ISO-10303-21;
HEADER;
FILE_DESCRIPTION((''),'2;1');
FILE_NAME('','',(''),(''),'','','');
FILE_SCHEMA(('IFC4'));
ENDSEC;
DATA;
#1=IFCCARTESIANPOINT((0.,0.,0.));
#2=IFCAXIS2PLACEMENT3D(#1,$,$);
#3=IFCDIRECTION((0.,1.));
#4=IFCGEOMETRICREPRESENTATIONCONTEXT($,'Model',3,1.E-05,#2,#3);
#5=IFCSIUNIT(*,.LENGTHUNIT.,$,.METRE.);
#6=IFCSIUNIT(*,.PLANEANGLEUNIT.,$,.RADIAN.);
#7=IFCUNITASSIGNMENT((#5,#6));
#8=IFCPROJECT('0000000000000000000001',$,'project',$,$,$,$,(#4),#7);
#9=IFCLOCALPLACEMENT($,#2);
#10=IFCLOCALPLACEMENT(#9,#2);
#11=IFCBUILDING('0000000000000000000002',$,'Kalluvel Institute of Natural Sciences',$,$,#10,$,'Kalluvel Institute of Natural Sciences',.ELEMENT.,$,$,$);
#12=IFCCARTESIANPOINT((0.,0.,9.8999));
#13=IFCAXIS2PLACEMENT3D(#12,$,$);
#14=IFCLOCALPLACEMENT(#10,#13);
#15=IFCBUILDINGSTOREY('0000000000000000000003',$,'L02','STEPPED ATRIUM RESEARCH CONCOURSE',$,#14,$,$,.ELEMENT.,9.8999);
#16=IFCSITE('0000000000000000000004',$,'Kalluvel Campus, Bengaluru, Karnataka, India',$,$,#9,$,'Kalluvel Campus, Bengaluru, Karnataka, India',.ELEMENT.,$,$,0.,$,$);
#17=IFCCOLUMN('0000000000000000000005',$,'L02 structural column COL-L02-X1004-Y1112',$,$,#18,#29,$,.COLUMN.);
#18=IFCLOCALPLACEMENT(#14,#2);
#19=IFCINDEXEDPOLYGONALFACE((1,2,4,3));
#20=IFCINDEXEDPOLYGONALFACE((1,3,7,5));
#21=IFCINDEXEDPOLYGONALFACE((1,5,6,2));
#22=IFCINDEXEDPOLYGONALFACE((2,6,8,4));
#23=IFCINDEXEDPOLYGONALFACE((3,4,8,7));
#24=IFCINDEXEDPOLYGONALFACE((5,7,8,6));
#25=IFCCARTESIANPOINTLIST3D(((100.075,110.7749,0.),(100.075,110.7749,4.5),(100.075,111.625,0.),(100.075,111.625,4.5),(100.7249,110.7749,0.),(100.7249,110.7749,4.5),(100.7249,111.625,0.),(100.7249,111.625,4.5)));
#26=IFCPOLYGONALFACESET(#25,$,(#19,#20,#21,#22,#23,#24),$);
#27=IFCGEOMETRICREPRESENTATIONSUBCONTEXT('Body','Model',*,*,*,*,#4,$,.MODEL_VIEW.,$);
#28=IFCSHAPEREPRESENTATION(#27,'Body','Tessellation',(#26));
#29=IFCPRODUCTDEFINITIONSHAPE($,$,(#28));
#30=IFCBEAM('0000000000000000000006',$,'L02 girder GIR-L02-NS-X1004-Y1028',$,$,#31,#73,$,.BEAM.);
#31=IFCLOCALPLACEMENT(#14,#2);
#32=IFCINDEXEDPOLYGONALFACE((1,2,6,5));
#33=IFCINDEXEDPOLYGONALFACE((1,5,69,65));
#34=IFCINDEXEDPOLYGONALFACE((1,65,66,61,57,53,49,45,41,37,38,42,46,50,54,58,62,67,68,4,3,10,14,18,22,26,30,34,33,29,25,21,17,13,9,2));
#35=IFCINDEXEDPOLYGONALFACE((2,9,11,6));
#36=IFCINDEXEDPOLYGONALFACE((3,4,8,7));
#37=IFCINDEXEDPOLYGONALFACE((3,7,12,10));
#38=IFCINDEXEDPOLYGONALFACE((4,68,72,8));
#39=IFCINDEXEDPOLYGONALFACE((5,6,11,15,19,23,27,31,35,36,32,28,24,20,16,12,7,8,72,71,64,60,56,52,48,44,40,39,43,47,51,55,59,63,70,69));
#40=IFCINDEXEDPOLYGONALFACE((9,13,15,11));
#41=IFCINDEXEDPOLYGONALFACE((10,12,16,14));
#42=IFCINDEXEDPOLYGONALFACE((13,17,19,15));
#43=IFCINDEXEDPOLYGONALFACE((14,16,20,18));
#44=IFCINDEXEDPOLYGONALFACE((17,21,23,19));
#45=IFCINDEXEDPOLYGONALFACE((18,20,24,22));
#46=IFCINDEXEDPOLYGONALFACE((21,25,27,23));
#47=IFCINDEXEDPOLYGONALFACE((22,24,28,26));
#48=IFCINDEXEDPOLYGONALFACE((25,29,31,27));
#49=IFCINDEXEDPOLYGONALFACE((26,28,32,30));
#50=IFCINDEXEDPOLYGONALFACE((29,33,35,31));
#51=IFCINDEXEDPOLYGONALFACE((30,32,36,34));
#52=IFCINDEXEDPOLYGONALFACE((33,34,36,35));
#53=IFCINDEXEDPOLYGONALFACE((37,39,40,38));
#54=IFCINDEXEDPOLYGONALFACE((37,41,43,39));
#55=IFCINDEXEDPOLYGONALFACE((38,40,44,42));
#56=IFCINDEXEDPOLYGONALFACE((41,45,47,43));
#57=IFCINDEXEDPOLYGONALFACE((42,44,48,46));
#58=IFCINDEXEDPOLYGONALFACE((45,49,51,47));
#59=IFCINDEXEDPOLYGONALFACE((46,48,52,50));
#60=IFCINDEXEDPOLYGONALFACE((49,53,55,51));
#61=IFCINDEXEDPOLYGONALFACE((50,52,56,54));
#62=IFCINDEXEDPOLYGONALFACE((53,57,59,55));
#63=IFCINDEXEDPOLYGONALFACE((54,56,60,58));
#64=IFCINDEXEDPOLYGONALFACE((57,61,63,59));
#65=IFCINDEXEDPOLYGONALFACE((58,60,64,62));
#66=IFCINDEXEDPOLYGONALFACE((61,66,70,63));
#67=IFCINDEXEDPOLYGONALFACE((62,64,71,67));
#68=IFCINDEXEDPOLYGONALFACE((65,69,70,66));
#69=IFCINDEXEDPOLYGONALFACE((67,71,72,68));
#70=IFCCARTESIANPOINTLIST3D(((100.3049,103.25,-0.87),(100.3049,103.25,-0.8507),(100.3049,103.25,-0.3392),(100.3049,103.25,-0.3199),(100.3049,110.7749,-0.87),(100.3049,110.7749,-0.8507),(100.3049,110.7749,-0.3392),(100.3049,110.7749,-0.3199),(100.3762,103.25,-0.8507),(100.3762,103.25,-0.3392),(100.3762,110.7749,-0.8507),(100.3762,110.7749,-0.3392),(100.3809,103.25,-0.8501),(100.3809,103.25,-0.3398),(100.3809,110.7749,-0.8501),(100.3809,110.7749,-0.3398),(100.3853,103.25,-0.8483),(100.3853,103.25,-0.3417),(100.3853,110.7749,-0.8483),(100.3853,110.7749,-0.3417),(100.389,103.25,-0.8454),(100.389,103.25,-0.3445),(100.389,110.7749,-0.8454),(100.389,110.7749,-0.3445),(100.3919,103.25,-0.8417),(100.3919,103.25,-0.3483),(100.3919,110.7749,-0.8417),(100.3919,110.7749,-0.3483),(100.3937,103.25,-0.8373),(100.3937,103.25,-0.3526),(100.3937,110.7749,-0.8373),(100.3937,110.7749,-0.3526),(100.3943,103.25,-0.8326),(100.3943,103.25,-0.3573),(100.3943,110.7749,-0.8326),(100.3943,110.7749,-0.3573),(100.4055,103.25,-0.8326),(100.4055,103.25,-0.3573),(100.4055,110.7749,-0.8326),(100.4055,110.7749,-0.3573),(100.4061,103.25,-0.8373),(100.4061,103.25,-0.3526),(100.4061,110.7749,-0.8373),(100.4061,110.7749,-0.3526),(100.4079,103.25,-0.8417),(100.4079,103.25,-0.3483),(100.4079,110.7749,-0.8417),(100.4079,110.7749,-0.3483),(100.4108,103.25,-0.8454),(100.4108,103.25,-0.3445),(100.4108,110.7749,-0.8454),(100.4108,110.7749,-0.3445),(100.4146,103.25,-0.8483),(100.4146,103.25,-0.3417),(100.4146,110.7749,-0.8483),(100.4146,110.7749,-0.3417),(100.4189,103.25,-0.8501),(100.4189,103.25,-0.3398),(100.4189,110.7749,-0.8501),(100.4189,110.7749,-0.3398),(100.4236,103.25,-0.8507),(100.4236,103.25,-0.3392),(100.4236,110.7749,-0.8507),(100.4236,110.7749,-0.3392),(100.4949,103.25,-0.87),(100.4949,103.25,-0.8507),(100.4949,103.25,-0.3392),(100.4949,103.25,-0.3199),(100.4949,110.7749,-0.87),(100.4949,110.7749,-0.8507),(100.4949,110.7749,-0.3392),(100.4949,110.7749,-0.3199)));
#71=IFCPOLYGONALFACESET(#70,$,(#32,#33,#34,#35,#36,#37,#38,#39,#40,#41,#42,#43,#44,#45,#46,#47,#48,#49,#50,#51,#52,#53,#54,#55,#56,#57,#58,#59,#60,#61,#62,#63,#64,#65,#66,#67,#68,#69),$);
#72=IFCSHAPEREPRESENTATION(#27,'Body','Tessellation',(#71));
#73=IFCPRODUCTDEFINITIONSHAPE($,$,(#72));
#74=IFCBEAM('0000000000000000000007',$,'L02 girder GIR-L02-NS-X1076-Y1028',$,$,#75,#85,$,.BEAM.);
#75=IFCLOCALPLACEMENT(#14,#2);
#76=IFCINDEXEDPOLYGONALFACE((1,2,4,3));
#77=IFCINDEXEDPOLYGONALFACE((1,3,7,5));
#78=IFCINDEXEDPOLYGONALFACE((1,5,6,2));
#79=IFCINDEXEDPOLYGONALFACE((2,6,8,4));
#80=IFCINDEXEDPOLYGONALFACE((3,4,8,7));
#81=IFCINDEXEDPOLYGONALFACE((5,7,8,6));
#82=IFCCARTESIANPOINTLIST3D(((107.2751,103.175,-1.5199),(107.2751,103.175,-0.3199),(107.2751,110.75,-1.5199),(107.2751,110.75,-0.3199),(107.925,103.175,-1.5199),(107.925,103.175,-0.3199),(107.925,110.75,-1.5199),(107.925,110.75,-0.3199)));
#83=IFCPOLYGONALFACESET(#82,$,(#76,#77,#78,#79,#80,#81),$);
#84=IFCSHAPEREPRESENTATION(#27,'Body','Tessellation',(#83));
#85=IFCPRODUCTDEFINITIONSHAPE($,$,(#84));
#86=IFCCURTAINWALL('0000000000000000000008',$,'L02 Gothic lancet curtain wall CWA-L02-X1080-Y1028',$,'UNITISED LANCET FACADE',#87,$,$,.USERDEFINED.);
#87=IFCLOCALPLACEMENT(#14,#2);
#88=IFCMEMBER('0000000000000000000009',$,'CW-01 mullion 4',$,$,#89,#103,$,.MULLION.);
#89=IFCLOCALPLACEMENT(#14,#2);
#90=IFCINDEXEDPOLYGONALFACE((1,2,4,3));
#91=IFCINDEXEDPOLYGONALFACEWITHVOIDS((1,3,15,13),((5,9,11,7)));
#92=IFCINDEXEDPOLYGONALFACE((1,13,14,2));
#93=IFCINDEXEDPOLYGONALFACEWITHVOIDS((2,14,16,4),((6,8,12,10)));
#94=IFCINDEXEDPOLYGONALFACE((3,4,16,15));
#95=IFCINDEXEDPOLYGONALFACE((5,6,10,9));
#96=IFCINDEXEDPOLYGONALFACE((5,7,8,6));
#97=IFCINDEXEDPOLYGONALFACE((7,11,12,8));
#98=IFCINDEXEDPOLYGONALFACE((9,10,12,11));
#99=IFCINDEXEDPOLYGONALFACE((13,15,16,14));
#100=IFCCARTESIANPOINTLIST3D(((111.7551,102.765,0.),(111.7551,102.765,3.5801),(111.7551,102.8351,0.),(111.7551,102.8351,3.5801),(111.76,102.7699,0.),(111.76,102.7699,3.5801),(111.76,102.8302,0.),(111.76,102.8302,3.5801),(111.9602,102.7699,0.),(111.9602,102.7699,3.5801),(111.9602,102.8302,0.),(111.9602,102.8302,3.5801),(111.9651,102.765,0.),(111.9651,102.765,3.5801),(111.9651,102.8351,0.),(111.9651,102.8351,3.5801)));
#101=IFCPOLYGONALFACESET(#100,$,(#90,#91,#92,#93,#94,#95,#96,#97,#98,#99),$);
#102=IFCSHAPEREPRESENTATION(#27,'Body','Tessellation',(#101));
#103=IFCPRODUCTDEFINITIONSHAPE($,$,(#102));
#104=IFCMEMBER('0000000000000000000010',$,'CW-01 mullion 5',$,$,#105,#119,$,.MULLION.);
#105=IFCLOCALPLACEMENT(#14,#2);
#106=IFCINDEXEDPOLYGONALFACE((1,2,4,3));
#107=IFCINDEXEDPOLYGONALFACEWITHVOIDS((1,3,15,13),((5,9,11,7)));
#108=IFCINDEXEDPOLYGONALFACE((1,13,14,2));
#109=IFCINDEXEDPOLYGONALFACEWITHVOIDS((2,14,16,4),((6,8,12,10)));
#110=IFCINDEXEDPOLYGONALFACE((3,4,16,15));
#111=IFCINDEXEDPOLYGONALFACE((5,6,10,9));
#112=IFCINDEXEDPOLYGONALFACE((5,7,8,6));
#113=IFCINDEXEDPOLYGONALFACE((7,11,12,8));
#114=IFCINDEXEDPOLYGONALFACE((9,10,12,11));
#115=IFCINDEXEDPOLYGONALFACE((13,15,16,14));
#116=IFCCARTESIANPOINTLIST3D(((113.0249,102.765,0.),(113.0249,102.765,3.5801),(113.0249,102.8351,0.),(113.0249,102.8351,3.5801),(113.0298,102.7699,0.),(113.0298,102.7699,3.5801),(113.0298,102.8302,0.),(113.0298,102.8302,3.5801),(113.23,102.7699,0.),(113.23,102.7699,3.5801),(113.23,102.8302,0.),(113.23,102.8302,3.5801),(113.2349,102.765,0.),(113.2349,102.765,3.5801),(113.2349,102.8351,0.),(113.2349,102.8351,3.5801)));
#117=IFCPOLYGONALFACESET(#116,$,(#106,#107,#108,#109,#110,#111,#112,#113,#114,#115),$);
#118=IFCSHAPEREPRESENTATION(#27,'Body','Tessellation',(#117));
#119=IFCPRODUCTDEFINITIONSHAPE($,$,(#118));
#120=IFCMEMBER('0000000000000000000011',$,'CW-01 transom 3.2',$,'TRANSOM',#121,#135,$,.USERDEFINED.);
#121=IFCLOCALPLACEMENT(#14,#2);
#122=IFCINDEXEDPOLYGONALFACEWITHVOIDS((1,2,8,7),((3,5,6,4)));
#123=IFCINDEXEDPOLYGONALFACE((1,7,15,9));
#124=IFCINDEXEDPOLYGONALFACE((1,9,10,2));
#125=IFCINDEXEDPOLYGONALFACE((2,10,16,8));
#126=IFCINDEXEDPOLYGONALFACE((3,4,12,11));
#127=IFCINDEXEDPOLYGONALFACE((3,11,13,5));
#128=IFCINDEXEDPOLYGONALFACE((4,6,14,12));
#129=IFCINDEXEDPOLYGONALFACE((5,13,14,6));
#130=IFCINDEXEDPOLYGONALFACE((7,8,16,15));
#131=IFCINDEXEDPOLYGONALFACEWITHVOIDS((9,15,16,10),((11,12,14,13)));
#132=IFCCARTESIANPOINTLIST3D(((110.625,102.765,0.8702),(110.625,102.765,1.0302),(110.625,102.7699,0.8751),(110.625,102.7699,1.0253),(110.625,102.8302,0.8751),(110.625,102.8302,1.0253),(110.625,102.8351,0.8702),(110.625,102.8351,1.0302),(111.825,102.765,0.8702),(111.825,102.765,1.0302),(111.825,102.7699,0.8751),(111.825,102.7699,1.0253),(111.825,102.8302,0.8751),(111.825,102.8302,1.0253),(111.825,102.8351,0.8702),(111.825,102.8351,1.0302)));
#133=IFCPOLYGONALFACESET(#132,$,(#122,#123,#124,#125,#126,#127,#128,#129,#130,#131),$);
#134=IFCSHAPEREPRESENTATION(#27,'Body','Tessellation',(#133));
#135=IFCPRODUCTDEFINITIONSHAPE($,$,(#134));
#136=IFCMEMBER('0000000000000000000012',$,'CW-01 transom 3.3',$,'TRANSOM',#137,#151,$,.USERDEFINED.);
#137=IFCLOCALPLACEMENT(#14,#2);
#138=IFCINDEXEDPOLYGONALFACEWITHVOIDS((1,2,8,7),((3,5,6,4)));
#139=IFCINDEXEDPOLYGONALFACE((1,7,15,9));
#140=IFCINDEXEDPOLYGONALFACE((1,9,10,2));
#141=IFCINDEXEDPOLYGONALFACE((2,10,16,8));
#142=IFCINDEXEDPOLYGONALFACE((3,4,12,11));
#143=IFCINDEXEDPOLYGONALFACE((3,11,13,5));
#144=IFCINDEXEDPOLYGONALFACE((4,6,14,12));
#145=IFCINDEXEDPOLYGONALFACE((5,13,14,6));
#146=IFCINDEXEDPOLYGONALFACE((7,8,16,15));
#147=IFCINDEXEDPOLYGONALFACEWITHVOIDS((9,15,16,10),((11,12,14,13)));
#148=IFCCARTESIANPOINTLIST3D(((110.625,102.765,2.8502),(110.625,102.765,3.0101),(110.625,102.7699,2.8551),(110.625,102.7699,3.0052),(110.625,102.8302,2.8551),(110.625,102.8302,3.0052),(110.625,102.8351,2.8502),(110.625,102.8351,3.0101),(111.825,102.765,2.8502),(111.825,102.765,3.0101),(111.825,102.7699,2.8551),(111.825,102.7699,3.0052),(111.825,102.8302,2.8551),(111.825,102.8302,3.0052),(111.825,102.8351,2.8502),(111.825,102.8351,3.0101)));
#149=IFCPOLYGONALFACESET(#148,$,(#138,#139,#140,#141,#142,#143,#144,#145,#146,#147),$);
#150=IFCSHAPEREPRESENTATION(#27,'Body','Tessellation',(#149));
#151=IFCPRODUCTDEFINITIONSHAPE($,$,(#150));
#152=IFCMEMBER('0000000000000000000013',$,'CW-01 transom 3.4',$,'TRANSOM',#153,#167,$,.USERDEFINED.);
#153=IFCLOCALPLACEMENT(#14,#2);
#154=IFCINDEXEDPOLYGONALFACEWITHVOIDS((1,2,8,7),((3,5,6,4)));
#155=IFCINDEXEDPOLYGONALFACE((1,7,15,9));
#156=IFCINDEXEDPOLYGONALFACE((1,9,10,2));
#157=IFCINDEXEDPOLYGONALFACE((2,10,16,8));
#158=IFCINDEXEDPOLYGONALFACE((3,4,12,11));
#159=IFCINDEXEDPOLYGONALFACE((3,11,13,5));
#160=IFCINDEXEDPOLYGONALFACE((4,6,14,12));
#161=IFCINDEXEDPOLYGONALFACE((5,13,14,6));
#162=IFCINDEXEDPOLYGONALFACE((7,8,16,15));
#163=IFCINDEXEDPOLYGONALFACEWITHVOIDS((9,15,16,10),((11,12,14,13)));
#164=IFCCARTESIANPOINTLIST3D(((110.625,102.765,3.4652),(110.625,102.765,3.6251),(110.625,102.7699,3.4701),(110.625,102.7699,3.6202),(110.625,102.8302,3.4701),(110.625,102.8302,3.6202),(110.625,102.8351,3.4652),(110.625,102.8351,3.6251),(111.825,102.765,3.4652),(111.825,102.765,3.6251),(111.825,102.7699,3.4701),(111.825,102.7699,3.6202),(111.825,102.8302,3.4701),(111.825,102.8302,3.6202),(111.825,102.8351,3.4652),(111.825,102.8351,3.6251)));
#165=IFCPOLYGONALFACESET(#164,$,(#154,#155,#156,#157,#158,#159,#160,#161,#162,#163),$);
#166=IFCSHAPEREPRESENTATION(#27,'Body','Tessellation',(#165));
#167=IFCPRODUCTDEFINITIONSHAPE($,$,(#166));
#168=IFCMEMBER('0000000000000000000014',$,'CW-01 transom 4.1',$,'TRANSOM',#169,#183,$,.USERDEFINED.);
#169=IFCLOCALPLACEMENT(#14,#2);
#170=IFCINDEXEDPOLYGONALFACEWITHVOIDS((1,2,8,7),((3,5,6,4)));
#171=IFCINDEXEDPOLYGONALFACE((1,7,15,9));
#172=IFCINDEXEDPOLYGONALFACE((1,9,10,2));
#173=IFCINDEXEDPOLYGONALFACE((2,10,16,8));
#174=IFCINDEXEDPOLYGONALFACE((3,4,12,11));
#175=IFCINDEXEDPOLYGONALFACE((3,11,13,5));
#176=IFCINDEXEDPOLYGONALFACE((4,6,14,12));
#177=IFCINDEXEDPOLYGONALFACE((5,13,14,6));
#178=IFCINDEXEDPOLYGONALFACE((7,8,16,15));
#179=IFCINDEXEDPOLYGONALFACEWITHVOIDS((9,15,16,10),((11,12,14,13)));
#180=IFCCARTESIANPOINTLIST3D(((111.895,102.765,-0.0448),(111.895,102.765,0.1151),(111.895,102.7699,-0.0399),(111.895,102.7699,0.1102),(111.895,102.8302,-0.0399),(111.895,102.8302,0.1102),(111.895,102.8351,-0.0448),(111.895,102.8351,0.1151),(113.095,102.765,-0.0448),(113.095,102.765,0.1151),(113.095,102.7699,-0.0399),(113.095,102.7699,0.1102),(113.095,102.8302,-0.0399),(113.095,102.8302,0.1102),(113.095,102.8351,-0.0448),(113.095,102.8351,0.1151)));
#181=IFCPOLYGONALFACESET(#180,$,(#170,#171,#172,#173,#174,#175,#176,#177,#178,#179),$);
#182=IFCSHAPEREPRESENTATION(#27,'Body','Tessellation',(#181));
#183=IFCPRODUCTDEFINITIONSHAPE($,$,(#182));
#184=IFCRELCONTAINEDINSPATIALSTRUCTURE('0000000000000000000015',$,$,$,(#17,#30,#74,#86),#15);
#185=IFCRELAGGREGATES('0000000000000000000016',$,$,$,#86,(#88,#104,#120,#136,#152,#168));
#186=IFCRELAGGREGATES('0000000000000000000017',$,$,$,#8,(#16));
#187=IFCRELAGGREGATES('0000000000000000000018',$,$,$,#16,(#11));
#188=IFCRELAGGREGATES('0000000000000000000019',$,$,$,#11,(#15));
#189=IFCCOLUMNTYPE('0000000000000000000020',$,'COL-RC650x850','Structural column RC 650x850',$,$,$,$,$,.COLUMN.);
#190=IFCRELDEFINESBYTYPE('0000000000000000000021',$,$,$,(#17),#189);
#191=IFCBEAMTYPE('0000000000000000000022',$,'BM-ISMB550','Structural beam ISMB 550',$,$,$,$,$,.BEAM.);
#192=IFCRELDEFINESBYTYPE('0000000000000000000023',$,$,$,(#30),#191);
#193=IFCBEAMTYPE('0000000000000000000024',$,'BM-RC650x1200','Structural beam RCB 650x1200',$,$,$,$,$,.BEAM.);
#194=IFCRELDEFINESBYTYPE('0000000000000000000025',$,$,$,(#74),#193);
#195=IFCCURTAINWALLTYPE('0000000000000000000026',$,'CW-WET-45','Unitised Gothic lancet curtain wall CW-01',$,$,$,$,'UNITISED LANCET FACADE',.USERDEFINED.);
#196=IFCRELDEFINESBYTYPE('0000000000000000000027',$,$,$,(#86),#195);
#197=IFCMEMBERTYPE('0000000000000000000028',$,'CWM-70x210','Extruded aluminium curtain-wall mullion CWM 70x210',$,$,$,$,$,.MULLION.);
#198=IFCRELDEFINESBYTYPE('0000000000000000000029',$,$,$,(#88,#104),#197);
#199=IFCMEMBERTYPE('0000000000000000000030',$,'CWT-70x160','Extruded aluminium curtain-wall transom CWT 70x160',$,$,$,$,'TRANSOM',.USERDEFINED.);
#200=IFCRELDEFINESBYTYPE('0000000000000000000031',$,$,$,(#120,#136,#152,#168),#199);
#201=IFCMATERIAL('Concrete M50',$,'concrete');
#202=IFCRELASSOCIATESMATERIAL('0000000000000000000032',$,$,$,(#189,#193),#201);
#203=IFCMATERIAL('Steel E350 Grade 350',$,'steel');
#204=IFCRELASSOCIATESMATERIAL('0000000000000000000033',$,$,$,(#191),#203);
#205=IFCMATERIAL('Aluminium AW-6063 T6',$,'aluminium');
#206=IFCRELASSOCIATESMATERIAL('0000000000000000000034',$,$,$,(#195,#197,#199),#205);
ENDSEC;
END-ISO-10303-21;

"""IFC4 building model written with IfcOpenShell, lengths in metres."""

from ifc_helpers import new_model, si_unit, direction, frame, origin, origin_2d, place, context, subcontext, project, spatial, rectangle, hollow_rectangle, i_section, extrude, material, material_profile, profile_set, type_object, element, aggregate, save


model = new_model("IFC4")

# Units and contexts
model_context = context("Model", 3, precision=1e-05, world=origin(), true_north=direction((0.0, 1.0)))
body_context = subcontext(model_context, "Body", "Model", "MODEL_VIEW")
ifc_project = project(units=[si_unit("LENGTHUNIT", "METRE"), si_unit("PLANEANGLEUNIT", "RADIAN")], contexts=[model_context])

# Site, building, storey
site_placement = place(None, origin())
site = spatial("IfcSite", under=ifc_project, at=site_placement, Name="Kalluvel Campus, Bengaluru, Karnataka, India", LongName="Kalluvel Campus, Bengaluru, Karnataka, India", CompositionType="ELEMENT", RefElevation=0.0)
building_placement = place(site_placement, origin())
building = spatial("IfcBuilding", under=site, at=building_placement, Name="Kalluvel Institute of Natural Sciences", LongName="Kalluvel Institute of Natural Sciences", CompositionType="ELEMENT")
storey_placement = place(building_placement, frame((0.0, 0.0, 9.8999)))
storey = spatial("IfcBuildingStorey", under=building, at=storey_placement, Name="L02", Description="STEPPED ATRIUM RESEARCH CONCOURSE", CompositionType="ELEMENT", Elevation=9.8999)

# Column
ifc_material_1 = material(Name="Concrete M50", Category="concrete")
ifc_material_profile_1 = material_profile(ifc_material_1, rectangle(XDim=0.6499, YDim=0.8501, at=origin_2d()), Name="RC 650x850")
ifc_profile_set_1 = profile_set([ifc_material_profile_1], Name="Concrete M50")
column_type = type_object("IfcColumnType", Name="COL-RC650x850", Description="Structural column RC 650x850", PredefinedType="COLUMN", material=ifc_profile_set_1)
column_placement = place(storey_placement, frame((100.3999, 111.2, 0.0), z_axis=(0.0, 0.0, 1.0), x_axis=(1.0, 0.0, 0.0)))
element("IfcColumn", 1, at=column_placement, inside=storey, type_object=column_type, Name="L02 structural column COL-L02-X1004-Y1112", PredefinedType="COLUMN", context=body_context, shape_type="SweptSolid", body=[
    extrude(rectangle(XDim=0.6499, YDim=0.8501, at=origin_2d()), origin(), (0.0, 0.0, 1.0), 4.5),
])

# Beams
ifc_material_2 = material(Name="Steel E350 Grade 350", Category="steel")
ifc_material_profile_2 = material_profile(ifc_material_2, i_section(OverallWidth=0.1899, OverallDepth=0.55, WebThickness=0.0112, FlangeThickness=0.0193, FilletRadius=0.0181, at=origin_2d()), Name="ISMB 550")
ifc_profile_set_2 = profile_set([ifc_material_profile_2], Name="Steel E350 Grade 350")
beam_type_1 = type_object("IfcBeamType", Name="BM-ISMB550", Description="Structural beam ISMB 550", PredefinedType="BEAM", material=ifc_profile_set_2)
beam_1_placement = place(storey_placement, frame((100.3999, 103.25, -0.595), z_axis=(0.0, 1.0, 0.0), x_axis=(-1.0, 0.0, 0.0)))
element("IfcBeam", 2, at=beam_1_placement, inside=storey, type_object=beam_type_1, Name="L02 girder GIR-L02-NS-X1004-Y1028", PredefinedType="BEAM", context=body_context, shape_type="SweptSolid", body=[
    extrude(i_section(OverallWidth=0.1899, OverallDepth=0.55, WebThickness=0.0112, FlangeThickness=0.0193, FilletRadius=0.0181, at=origin_2d()), origin(), (0.0, 0.0, 1.0), 7.5249),
])
ifc_material_profile_3 = material_profile(ifc_material_1, rectangle(XDim=0.6499, YDim=1.2, at=origin_2d()), Name="RCB 650x1200")
ifc_profile_set_3 = profile_set([ifc_material_profile_3], Name="Concrete M50")
beam_type_2 = type_object("IfcBeamType", Name="BM-RC650x1200", Description="Structural beam RCB 650x1200", PredefinedType="BEAM", material=ifc_profile_set_3)
beam_2_placement = place(storey_placement, frame((107.6001, 103.175, -0.9199), z_axis=(0.0, 1.0, 0.0), x_axis=(-1.0, 0.0, 0.0)))
element("IfcBeam", 3, at=beam_2_placement, inside=storey, type_object=beam_type_2, Name="L02 girder GIR-L02-NS-X1076-Y1028", PredefinedType="BEAM", context=body_context, shape_type="SweptSolid", body=[
    extrude(rectangle(XDim=0.6499, YDim=1.2, at=origin_2d()), origin(), (0.0, 0.0, 1.0), 7.575),
])

# Curtain wall, members
ifc_material_3 = material(Name="Aluminium AW-6063 T6", Category="aluminium")
curtain_wall_type = type_object("IfcCurtainWallType", Name="CW-WET-45", Description="Unitised Gothic lancet curtain wall CW-01", ElementType="UNITISED LANCET FACADE", PredefinedType="USERDEFINED", material=ifc_material_3)
curtain_wall_placement = place(storey_placement, origin())
curtain_wall = element("IfcCurtainWall", 4, at=curtain_wall_placement, inside=storey, type_object=curtain_wall_type, Name="L02 Gothic lancet curtain wall CWA-L02-X1080-Y1028", ObjectType="UNITISED LANCET FACADE", PredefinedType="USERDEFINED")
ifc_material_profile_4 = material_profile(ifc_material_3, hollow_rectangle(XDim=0.0701, YDim=0.21, WallThickness=0.0049, at=origin_2d()), Name="CWM 70x210")
ifc_profile_set_4 = profile_set([ifc_material_profile_4], Name="Aluminium AW-6063 T6")
member_type_1 = type_object("IfcMemberType", Name="CWM-70x210", Description="Extruded aluminium curtain-wall mullion CWM 70x210", PredefinedType="MULLION", material=ifc_profile_set_4)
member_1_placement = place(storey_placement, frame((111.8601, 102.8, 0.0), z_axis=(0.0, 0.0, 1.0), x_axis=(0.0, 1.0, 0.0)))
member_1 = element("IfcMember", 5, at=member_1_placement, type_object=member_type_1, Name="CW-01 mullion 4", PredefinedType="MULLION", context=body_context, shape_type="SweptSolid", body=[
    extrude(hollow_rectangle(XDim=0.0701, YDim=0.21, WallThickness=0.0049, at=origin_2d()), origin(), (0.0, 0.0, 1.0), 3.5801),
])
member_2_placement = place(storey_placement, frame((113.1299, 102.8, 0.0), z_axis=(0.0, 0.0, 1.0), x_axis=(0.0, 1.0, 0.0)))
member_2 = element("IfcMember", 6, at=member_2_placement, type_object=member_type_1, Name="CW-01 mullion 5", PredefinedType="MULLION", context=body_context, shape_type="SweptSolid", body=[
    extrude(hollow_rectangle(XDim=0.0701, YDim=0.21, WallThickness=0.0049, at=origin_2d()), origin(), (0.0, 0.0, 1.0), 3.5801),
])
ifc_material_profile_5 = material_profile(ifc_material_3, hollow_rectangle(XDim=0.0701, YDim=0.1599, WallThickness=0.0049, at=origin_2d()), Name="CWT 70x160")
ifc_profile_set_5 = profile_set([ifc_material_profile_5], Name="Aluminium AW-6063 T6")
member_type_2 = type_object("IfcMemberType", Name="CWT-70x160", Description="Extruded aluminium curtain-wall transom CWT 70x160", ElementType="TRANSOM", PredefinedType="USERDEFINED", material=ifc_profile_set_5)
member_3_placement = place(storey_placement, frame((110.625, 102.8, 0.9502), z_axis=(1.0, 0.0, 0.0), x_axis=(0.0, 1.0, 0.0)))
member_3 = element("IfcMember", 7, at=member_3_placement, type_object=member_type_2, Name="CW-01 transom 3.2", ObjectType="TRANSOM", PredefinedType="USERDEFINED", context=body_context, shape_type="SweptSolid", body=[
    extrude(hollow_rectangle(XDim=0.0701, YDim=0.1599, WallThickness=0.0049, at=origin_2d()), origin(), (0.0, 0.0, 1.0), 1.2),
])
member_4_placement = place(storey_placement, frame((110.625, 102.8, 2.9302), z_axis=(1.0, 0.0, 0.0), x_axis=(0.0, 1.0, 0.0)))
member_4 = element("IfcMember", 8, at=member_4_placement, type_object=member_type_2, Name="CW-01 transom 3.3", ObjectType="TRANSOM", PredefinedType="USERDEFINED", context=body_context, shape_type="SweptSolid", body=[
    extrude(hollow_rectangle(XDim=0.0701, YDim=0.1599, WallThickness=0.0049, at=origin_2d()), origin(), (0.0, 0.0, 1.0), 1.2),
])
member_5_placement = place(storey_placement, frame((110.625, 102.8, 3.5452), z_axis=(1.0, 0.0, 0.0), x_axis=(0.0, 1.0, 0.0)))
member_5 = element("IfcMember", 9, at=member_5_placement, type_object=member_type_2, Name="CW-01 transom 3.4", ObjectType="TRANSOM", PredefinedType="USERDEFINED", context=body_context, shape_type="SweptSolid", body=[
    extrude(hollow_rectangle(XDim=0.0701, YDim=0.1599, WallThickness=0.0049, at=origin_2d()), origin(), (0.0, 0.0, 1.0), 1.2),
])
member_6_placement = place(storey_placement, frame((111.895, 102.8, 0.0352), z_axis=(1.0, 0.0, 0.0), x_axis=(0.0, 1.0, 0.0)))
member_6 = element("IfcMember", 10, at=member_6_placement, type_object=member_type_2, Name="CW-01 transom 4.1", ObjectType="TRANSOM", PredefinedType="USERDEFINED", context=body_context, shape_type="SweptSolid", body=[
    extrude(hollow_rectangle(XDim=0.0701, YDim=0.1599, WallThickness=0.0049, at=origin_2d()), origin(), (0.0, 0.0, 1.0), 1.2),
])

aggregate(curtain_wall, [member_1, member_2, member_3, member_4, member_5, member_6])

save(model, "model.ifc")
